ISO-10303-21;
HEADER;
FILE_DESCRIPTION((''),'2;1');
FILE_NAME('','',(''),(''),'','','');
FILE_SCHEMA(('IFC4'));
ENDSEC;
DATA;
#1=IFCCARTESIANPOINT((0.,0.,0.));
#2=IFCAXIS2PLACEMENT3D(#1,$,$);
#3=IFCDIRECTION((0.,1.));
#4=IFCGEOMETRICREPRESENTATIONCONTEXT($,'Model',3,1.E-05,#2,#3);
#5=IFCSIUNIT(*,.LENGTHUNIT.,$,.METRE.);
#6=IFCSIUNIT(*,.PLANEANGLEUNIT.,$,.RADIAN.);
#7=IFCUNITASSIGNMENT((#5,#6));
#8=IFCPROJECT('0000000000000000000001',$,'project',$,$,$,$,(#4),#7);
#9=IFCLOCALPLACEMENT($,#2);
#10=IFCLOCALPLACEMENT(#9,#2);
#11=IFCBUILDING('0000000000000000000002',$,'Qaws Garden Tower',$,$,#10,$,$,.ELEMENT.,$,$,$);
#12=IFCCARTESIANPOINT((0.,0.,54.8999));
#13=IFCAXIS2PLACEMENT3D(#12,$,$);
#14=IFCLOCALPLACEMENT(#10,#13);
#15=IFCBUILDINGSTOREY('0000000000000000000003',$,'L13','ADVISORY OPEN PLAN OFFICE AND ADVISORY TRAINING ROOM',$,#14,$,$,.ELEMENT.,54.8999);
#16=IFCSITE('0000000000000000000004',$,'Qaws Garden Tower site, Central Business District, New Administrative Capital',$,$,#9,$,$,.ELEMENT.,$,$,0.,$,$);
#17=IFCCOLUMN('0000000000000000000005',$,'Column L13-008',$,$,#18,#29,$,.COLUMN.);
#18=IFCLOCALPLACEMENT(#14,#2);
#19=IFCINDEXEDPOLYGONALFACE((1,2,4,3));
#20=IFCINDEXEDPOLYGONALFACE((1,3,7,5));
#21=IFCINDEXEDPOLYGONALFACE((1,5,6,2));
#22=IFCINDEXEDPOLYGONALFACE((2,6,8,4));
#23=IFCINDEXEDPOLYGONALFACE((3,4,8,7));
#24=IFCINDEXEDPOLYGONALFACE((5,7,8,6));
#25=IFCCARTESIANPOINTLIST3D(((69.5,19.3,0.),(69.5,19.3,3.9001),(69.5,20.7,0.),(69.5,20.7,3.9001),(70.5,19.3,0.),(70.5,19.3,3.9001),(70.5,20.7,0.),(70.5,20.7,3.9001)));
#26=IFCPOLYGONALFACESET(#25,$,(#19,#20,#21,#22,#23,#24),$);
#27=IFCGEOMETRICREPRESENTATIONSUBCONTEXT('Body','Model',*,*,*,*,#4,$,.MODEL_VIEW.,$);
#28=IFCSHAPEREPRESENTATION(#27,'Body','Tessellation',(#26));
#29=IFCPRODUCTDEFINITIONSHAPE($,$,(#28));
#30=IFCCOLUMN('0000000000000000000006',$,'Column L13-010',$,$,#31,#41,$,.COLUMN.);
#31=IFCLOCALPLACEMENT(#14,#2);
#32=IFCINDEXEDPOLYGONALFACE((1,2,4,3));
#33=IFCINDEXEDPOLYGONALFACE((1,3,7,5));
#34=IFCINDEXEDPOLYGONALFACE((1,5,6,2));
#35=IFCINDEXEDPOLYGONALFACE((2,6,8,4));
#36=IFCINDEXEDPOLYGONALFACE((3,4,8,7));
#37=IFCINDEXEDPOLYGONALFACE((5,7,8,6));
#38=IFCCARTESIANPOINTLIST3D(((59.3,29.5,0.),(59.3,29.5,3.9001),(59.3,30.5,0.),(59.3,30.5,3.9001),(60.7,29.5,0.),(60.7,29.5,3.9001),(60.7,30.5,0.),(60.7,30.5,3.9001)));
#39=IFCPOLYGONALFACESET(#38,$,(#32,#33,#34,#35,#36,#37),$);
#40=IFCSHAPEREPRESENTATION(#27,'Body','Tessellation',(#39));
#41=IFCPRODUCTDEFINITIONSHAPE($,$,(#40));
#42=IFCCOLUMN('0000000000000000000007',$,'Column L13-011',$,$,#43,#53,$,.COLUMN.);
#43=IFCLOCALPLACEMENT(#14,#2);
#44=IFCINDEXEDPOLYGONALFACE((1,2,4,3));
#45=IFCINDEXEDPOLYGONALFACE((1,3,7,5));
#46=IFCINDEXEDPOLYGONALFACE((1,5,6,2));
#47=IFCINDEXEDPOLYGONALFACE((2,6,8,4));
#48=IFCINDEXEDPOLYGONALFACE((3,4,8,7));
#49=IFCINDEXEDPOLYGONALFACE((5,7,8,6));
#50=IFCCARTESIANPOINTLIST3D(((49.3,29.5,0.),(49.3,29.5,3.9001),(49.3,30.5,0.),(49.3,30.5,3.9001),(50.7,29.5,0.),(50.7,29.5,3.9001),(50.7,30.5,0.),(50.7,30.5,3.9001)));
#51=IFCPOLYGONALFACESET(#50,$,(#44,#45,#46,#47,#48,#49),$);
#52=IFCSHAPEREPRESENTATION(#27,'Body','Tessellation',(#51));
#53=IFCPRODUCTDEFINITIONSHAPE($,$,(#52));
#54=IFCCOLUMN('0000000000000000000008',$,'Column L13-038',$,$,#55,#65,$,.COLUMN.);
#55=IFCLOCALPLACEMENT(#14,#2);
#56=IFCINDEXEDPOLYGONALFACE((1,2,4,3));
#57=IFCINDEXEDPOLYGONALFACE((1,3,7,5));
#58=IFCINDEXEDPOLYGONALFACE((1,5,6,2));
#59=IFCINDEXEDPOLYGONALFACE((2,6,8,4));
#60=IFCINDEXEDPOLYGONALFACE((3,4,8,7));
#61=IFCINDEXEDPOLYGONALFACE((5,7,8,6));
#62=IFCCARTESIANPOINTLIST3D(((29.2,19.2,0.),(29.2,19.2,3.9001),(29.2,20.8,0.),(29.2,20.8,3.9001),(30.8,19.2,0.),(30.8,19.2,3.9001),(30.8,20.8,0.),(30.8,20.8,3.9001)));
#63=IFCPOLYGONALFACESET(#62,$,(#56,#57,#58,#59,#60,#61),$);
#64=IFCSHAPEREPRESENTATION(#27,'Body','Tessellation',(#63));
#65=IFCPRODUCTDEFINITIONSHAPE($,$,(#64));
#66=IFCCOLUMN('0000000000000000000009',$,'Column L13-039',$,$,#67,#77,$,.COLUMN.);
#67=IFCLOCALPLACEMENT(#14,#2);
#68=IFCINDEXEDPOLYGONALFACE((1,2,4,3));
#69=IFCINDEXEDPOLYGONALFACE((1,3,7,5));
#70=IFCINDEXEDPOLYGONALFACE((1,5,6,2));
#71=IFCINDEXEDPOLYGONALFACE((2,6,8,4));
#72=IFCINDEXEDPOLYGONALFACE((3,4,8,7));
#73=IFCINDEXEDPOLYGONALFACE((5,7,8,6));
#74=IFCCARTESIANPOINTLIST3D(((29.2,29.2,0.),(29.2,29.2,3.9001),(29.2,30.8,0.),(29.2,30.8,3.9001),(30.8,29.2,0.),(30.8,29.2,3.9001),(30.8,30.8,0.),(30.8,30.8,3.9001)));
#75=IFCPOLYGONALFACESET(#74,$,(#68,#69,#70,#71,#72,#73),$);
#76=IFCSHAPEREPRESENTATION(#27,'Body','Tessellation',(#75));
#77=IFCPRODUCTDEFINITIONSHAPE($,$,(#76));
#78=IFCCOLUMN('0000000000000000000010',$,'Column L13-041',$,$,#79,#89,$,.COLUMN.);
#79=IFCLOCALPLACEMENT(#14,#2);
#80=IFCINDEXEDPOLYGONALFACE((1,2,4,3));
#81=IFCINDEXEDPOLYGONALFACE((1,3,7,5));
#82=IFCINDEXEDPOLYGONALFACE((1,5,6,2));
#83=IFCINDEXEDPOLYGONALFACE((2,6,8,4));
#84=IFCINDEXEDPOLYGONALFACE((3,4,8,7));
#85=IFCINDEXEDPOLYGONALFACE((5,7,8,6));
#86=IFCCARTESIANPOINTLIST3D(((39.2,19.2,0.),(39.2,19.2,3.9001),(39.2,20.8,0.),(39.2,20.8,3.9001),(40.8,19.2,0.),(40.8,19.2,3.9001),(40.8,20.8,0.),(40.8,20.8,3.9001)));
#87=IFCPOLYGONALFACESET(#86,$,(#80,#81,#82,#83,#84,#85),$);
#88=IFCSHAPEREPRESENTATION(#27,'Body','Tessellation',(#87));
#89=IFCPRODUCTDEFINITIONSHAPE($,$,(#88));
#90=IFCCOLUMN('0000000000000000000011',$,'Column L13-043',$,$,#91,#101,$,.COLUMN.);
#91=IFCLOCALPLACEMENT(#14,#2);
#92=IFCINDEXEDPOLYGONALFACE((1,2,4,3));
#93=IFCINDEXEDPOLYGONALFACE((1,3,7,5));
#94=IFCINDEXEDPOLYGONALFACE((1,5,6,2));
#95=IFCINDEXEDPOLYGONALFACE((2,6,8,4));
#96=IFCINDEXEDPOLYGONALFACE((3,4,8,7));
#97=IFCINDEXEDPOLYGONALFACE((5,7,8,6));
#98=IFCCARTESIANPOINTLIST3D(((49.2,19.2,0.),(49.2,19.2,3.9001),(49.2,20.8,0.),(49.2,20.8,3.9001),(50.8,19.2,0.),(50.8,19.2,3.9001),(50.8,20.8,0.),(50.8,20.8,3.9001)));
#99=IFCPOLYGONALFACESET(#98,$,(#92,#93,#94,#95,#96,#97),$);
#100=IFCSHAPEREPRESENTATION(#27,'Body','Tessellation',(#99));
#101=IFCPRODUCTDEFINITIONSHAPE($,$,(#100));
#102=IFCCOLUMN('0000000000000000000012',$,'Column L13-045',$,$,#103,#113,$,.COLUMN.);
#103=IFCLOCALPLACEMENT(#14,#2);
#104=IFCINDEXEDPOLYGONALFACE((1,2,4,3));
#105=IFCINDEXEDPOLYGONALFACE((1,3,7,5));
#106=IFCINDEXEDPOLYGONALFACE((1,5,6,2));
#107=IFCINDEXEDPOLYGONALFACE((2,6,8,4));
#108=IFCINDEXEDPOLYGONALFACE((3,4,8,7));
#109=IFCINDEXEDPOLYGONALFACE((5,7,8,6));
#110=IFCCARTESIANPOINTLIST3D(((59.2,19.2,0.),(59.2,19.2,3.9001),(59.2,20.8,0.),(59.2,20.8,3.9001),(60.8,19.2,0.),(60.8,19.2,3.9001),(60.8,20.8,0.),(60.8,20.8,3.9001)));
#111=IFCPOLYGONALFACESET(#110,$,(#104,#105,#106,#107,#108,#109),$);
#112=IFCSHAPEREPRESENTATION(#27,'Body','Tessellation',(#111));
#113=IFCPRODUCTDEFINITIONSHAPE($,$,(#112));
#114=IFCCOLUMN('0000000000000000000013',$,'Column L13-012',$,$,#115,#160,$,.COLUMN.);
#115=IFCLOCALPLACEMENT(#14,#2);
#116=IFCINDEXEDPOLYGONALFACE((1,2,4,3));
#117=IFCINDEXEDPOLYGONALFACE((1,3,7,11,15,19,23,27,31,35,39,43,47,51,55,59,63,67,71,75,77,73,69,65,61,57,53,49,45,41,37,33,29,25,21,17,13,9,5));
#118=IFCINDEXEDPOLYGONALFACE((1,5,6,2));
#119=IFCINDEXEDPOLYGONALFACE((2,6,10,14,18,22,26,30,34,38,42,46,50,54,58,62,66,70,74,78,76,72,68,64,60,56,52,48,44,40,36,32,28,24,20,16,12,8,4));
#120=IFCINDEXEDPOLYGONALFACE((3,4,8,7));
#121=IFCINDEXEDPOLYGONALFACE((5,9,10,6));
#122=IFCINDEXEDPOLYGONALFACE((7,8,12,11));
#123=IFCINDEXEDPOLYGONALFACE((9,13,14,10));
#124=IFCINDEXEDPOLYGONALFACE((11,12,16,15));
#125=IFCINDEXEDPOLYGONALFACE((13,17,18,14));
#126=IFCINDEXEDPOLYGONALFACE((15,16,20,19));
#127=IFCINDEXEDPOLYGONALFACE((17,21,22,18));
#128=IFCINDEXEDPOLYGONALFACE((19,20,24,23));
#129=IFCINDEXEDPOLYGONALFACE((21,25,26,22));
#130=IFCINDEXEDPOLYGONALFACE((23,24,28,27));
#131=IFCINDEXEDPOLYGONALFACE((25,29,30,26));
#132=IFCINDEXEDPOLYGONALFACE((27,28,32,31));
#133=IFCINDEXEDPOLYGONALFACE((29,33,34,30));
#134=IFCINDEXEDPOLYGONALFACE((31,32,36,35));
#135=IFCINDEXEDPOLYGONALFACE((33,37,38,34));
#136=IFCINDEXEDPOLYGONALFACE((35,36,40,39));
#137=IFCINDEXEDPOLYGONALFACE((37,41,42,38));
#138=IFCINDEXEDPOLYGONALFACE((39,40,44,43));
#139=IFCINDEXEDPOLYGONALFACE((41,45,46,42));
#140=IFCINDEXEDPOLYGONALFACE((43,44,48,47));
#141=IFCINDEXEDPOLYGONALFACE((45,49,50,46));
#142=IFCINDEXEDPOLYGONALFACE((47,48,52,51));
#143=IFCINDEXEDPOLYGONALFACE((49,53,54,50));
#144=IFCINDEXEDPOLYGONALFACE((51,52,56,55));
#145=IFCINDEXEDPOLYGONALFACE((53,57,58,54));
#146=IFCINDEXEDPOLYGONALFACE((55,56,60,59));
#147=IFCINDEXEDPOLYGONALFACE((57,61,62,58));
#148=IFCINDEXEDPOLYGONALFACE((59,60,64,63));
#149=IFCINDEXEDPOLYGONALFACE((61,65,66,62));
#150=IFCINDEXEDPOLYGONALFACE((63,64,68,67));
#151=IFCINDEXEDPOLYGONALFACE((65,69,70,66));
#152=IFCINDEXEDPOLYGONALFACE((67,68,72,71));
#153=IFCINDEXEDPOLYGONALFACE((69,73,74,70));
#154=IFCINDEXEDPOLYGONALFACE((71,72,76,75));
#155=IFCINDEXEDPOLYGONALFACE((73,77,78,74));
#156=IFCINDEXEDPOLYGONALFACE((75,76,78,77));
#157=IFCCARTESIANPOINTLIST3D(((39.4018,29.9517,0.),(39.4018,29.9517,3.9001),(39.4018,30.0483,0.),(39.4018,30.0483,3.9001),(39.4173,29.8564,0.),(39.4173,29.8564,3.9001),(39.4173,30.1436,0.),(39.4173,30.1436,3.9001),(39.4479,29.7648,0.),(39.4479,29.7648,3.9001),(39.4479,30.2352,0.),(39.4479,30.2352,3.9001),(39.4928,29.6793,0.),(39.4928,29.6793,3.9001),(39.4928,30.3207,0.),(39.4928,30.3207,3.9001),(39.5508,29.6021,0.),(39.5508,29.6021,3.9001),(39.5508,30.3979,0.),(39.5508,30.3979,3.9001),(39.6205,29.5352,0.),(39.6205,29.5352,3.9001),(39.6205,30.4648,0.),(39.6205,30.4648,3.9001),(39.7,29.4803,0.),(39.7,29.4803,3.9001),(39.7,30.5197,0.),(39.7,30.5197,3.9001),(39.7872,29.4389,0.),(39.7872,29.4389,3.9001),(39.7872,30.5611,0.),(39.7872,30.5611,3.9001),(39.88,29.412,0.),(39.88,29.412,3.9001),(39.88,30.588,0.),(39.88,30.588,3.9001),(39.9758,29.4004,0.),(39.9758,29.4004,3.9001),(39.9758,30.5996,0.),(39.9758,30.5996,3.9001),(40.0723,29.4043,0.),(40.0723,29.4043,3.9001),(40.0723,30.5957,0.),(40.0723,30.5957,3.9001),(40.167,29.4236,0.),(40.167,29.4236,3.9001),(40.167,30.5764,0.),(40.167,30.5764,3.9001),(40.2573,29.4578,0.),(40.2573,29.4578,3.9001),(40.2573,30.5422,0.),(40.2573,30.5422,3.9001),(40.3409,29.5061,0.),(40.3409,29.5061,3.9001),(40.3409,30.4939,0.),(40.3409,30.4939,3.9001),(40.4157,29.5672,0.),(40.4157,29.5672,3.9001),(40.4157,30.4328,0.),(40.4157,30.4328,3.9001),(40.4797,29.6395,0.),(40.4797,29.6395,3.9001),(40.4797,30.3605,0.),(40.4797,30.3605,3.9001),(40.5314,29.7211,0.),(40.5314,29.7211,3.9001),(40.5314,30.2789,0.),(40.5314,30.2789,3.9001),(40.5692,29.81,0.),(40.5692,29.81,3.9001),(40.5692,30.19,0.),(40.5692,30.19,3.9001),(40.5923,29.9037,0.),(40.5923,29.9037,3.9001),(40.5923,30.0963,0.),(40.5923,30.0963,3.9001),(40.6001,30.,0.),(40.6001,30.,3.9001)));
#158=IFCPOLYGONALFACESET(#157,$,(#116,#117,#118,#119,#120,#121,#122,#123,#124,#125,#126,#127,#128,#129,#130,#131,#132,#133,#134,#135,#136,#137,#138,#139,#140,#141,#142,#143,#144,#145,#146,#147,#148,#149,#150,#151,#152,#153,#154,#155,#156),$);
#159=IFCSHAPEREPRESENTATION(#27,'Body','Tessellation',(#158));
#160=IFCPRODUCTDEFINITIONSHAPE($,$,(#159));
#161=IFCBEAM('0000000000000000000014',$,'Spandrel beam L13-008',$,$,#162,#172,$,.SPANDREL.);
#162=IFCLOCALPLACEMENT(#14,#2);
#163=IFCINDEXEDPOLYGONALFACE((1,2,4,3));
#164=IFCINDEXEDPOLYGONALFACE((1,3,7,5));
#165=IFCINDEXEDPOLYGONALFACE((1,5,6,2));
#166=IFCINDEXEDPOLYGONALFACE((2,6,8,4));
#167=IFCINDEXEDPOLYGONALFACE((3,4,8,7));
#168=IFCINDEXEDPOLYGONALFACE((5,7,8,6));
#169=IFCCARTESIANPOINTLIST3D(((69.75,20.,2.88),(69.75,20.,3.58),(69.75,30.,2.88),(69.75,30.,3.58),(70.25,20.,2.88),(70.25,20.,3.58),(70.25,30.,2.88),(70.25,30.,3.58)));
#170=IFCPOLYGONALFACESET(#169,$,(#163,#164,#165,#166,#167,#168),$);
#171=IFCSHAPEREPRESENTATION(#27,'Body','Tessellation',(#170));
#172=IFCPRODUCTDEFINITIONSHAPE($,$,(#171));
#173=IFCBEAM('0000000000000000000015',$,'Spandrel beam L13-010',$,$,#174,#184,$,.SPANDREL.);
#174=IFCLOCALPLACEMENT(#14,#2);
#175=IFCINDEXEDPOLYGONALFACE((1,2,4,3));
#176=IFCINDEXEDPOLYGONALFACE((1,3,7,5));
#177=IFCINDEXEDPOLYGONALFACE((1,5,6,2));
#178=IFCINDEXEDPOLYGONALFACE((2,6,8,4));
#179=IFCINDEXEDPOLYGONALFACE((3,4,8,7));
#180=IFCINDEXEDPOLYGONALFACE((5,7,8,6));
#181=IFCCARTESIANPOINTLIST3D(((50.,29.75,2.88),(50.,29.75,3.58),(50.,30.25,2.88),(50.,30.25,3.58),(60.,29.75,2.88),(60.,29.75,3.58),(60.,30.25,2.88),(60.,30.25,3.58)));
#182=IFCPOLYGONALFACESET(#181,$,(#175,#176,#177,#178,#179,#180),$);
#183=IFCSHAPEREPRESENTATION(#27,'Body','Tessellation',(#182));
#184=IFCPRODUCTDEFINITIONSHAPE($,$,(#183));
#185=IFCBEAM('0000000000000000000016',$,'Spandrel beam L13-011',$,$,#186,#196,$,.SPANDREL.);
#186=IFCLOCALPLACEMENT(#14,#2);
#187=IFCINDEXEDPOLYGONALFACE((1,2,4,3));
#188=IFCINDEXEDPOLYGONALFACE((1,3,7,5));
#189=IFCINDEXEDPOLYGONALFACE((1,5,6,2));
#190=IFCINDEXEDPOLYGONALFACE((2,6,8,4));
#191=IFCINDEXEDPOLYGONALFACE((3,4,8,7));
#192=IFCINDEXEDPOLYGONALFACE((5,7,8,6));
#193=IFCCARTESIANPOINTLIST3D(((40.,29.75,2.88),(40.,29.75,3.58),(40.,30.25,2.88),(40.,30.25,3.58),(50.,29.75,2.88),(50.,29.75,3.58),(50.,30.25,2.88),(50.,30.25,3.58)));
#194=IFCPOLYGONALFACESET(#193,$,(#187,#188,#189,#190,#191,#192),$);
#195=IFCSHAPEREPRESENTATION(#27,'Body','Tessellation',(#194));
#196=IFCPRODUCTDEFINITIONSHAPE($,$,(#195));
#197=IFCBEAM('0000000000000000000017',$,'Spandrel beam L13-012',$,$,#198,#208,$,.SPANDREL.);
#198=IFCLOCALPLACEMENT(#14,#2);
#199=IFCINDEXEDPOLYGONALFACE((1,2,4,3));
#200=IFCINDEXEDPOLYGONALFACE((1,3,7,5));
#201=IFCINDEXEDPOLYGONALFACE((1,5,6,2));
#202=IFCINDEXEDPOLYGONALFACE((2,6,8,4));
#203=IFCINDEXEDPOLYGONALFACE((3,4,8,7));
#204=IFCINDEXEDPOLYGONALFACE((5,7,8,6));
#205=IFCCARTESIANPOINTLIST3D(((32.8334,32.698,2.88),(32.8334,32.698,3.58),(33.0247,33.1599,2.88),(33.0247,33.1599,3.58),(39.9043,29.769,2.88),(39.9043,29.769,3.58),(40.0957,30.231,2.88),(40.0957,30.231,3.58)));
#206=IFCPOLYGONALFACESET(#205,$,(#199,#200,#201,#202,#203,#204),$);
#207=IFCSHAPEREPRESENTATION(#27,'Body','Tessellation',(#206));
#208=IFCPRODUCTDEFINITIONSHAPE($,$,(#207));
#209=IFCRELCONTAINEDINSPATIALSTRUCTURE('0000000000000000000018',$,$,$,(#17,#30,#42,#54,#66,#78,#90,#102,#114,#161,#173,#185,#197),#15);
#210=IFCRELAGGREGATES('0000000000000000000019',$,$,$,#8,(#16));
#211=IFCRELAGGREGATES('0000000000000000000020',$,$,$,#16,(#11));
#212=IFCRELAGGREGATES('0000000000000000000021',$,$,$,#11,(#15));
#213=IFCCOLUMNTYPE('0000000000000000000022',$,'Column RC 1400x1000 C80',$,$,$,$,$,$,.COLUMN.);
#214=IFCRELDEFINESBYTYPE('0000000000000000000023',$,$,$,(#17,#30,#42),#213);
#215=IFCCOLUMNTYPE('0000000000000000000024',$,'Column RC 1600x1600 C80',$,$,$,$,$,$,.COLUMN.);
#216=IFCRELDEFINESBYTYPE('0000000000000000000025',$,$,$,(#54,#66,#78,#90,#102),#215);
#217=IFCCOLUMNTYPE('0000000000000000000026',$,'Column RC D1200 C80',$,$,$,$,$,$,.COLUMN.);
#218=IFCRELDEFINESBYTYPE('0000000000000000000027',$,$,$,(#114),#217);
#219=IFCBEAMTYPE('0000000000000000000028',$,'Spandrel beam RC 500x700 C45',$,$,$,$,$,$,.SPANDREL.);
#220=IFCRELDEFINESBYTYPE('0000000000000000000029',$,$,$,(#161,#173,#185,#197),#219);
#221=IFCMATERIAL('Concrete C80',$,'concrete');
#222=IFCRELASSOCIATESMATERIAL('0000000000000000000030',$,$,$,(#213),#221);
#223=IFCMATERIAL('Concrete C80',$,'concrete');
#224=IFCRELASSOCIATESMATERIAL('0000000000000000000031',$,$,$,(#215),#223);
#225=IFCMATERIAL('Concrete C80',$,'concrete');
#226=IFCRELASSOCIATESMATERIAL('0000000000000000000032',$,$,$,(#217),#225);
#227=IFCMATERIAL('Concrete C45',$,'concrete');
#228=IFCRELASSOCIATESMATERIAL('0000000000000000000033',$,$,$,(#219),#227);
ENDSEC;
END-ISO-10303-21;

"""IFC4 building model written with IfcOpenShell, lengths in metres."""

from ifc_helpers import new_model, si_unit, direction, frame, origin, origin_2d, place, context, subcontext, project, spatial, rectangle, circle, extrude, material, material_profile, profile_set, type_object, element, save


model = new_model("IFC4")

# Units and contexts
model_context = context("Model", 3, precision=1e-05, world=origin(), true_north=direction((0.0, 1.0)))
body_context = subcontext(model_context, "Body", "Model", "MODEL_VIEW")
ifc_project = project(units=[si_unit("LENGTHUNIT", "METRE"), si_unit("PLANEANGLEUNIT", "RADIAN")], contexts=[model_context])

# Site, building, storey
site_placement = place(None, origin())
site = spatial("IfcSite", under=ifc_project, at=site_placement, Name="Qaws Garden Tower site, Central Business District, New Administrative Capital", CompositionType="ELEMENT", RefElevation=0.0)
building_placement = place(site_placement, origin())
building = spatial("IfcBuilding", under=site, at=building_placement, Name="Qaws Garden Tower", CompositionType="ELEMENT")
storey_placement = place(building_placement, frame((0.0, 0.0, 54.8999)))
storey = spatial("IfcBuildingStorey", under=building, at=storey_placement, Name="L13", Description="ADVISORY OPEN PLAN OFFICE AND ADVISORY TRAINING ROOM", CompositionType="ELEMENT", Elevation=54.8999)

# Columns
ifc_material_1 = material(Name="Concrete C80", Category="concrete")
ifc_material_profile_1 = material_profile(ifc_material_1, rectangle(XDim=1.3999, YDim=1.0, at=origin_2d()), Name="RC 1400x1000")
ifc_profile_set_1 = profile_set([ifc_material_profile_1], Name="Concrete C80")
column_type_1 = type_object("IfcColumnType", Name="Column RC 1400x1000 C80", PredefinedType="COLUMN", material=ifc_profile_set_1)
for number, where, z_axis, x_axis, name in (
    (1, (70.0, 20.0, 0.0), (0.0, 0.0, 1.0), (0.0, 1.0, 0.0), "Column L13-008"),
    (2, (60.0, 30.0, 0.0), (0.0, 0.0, 1.0), (1.0, 0.0, 0.0), "Column L13-010"),
    (3, (50.0, 30.0, 0.0), (0.0, 0.0, 1.0), (1.0, 0.0, 0.0), "Column L13-011"),
):
    element("IfcColumn", number, at=place(storey_placement, frame(where, z_axis=z_axis, x_axis=x_axis)), inside=storey, type_object=column_type_1, Name=name, PredefinedType="COLUMN", context=body_context, shape_type="SweptSolid", body=[
        extrude(rectangle(XDim=1.3999, YDim=1.0, at=origin_2d()), origin(), (0.0, 0.0, 1.0), 3.9001),
    ])
ifc_material_2 = material(Name="Concrete C80", Category="concrete")
ifc_material_profile_2 = material_profile(ifc_material_2, rectangle(XDim=1.6001, YDim=1.6001, at=origin_2d()), Name="RC 1600x1600")
ifc_profile_set_2 = profile_set([ifc_material_profile_2], Name="Concrete C80")
column_type_2 = type_object("IfcColumnType", Name="Column RC 1600x1600 C80", PredefinedType="COLUMN", material=ifc_profile_set_2)
for number, where, z_axis, x_axis, name in (
    (4, (30.0, 20.0, 0.0), (0.0, 0.0, 1.0), (1.0, 0.0, 0.0), "Column L13-038"),
    (5, (30.0, 30.0, 0.0), (0.0, 0.0, 1.0), (1.0, 0.0, 0.0), "Column L13-039"),
    (6, (40.0, 20.0, 0.0), (0.0, 0.0, 1.0), (1.0, 0.0, 0.0), "Column L13-041"),
    (7, (50.0, 20.0, 0.0), (0.0, 0.0, 1.0), (1.0, 0.0, 0.0), "Column L13-043"),
    (8, (60.0, 20.0, 0.0), (0.0, 0.0, 1.0), (1.0, 0.0, 0.0), "Column L13-045"),
):
    element("IfcColumn", number, at=place(storey_placement, frame(where, z_axis=z_axis, x_axis=x_axis)), inside=storey, type_object=column_type_2, Name=name, PredefinedType="COLUMN", context=body_context, shape_type="SweptSolid", body=[
        extrude(rectangle(XDim=1.6001, YDim=1.6001, at=origin_2d()), origin(), (0.0, 0.0, 1.0), 3.9001),
    ])
ifc_material_3 = material(Name="Concrete C80", Category="concrete")
ifc_material_profile_3 = material_profile(ifc_material_3, circle(Radius=0.6001, at=origin_2d()), Name="RC D1200")
ifc_profile_set_3 = profile_set([ifc_material_profile_3], Name="Concrete C80")
column_type_3 = type_object("IfcColumnType", Name="Column RC D1200 C80", PredefinedType="COLUMN", material=ifc_profile_set_3)
column_placement = place(storey_placement, frame((40.0, 30.0, 0.0), z_axis=(0.0, 0.0, 1.0), x_axis=(1.0, 0.0, 0.0)))
element("IfcColumn", 9, at=column_placement, inside=storey, type_object=column_type_3, Name="Column L13-012", PredefinedType="COLUMN", context=body_context, shape_type="SweptSolid", body=[
    extrude(circle(Radius=0.6001, at=origin_2d()), origin(), (0.0, 0.0, 1.0), 3.9001),
])

# Beams
ifc_material_4 = material(Name="Concrete C45", Category="concrete")
ifc_material_profile_4 = material_profile(ifc_material_4, rectangle(XDim=0.5, YDim=0.7, at=origin_2d()), Name="RC 500x700")
ifc_profile_set_4 = profile_set([ifc_material_profile_4], Name="Concrete C45")
beam_type = type_object("IfcBeamType", Name="Spandrel beam RC 500x700 C45", PredefinedType="SPANDREL", material=ifc_profile_set_4)
for number, where, z_axis, x_axis, name in (
    (10, (70.0, 20.0, 3.23), (0.0, 1.0, 0.0), (-1.0, 0.0, 0.0), "Spandrel beam L13-008"),
    (11, (60.0, 30.0, 3.23), (-1.0, 0.0, 0.0), (0.0, -1.0, 0.0), "Spandrel beam L13-010"),
    (12, (50.0, 30.0, 3.23), (-1.0, 0.0, 0.0), (0.0, -1.0, 0.0), "Spandrel beam L13-011"),
):
    element("IfcBeam", number, at=place(storey_placement, frame(where, z_axis=z_axis, x_axis=x_axis)), inside=storey, type_object=beam_type, Name=name, PredefinedType="SPANDREL", context=body_context, shape_type="SweptSolid", body=[
        extrude(rectangle(XDim=0.5, YDim=0.7, at=origin_2d()), origin(), (0.0, 0.0, 1.0), 10.0),
    ])
beam_placement = place(storey_placement, frame((40.0, 30.0, 3.23), z_axis=(-0.923878, 0.382687, 0.0), x_axis=(-0.382687, -0.923878, 0.0)))
element("IfcBeam", 13, at=beam_placement, inside=storey, type_object=beam_type, Name="Spandrel beam L13-012", PredefinedType="SPANDREL", context=body_context, shape_type="SweptSolid", body=[
    extrude(rectangle(XDim=0.5, YDim=0.7, at=origin_2d()), origin(), (0.0, 0.0, 1.0), 7.6536),
])

save(model, "model.ifc")
